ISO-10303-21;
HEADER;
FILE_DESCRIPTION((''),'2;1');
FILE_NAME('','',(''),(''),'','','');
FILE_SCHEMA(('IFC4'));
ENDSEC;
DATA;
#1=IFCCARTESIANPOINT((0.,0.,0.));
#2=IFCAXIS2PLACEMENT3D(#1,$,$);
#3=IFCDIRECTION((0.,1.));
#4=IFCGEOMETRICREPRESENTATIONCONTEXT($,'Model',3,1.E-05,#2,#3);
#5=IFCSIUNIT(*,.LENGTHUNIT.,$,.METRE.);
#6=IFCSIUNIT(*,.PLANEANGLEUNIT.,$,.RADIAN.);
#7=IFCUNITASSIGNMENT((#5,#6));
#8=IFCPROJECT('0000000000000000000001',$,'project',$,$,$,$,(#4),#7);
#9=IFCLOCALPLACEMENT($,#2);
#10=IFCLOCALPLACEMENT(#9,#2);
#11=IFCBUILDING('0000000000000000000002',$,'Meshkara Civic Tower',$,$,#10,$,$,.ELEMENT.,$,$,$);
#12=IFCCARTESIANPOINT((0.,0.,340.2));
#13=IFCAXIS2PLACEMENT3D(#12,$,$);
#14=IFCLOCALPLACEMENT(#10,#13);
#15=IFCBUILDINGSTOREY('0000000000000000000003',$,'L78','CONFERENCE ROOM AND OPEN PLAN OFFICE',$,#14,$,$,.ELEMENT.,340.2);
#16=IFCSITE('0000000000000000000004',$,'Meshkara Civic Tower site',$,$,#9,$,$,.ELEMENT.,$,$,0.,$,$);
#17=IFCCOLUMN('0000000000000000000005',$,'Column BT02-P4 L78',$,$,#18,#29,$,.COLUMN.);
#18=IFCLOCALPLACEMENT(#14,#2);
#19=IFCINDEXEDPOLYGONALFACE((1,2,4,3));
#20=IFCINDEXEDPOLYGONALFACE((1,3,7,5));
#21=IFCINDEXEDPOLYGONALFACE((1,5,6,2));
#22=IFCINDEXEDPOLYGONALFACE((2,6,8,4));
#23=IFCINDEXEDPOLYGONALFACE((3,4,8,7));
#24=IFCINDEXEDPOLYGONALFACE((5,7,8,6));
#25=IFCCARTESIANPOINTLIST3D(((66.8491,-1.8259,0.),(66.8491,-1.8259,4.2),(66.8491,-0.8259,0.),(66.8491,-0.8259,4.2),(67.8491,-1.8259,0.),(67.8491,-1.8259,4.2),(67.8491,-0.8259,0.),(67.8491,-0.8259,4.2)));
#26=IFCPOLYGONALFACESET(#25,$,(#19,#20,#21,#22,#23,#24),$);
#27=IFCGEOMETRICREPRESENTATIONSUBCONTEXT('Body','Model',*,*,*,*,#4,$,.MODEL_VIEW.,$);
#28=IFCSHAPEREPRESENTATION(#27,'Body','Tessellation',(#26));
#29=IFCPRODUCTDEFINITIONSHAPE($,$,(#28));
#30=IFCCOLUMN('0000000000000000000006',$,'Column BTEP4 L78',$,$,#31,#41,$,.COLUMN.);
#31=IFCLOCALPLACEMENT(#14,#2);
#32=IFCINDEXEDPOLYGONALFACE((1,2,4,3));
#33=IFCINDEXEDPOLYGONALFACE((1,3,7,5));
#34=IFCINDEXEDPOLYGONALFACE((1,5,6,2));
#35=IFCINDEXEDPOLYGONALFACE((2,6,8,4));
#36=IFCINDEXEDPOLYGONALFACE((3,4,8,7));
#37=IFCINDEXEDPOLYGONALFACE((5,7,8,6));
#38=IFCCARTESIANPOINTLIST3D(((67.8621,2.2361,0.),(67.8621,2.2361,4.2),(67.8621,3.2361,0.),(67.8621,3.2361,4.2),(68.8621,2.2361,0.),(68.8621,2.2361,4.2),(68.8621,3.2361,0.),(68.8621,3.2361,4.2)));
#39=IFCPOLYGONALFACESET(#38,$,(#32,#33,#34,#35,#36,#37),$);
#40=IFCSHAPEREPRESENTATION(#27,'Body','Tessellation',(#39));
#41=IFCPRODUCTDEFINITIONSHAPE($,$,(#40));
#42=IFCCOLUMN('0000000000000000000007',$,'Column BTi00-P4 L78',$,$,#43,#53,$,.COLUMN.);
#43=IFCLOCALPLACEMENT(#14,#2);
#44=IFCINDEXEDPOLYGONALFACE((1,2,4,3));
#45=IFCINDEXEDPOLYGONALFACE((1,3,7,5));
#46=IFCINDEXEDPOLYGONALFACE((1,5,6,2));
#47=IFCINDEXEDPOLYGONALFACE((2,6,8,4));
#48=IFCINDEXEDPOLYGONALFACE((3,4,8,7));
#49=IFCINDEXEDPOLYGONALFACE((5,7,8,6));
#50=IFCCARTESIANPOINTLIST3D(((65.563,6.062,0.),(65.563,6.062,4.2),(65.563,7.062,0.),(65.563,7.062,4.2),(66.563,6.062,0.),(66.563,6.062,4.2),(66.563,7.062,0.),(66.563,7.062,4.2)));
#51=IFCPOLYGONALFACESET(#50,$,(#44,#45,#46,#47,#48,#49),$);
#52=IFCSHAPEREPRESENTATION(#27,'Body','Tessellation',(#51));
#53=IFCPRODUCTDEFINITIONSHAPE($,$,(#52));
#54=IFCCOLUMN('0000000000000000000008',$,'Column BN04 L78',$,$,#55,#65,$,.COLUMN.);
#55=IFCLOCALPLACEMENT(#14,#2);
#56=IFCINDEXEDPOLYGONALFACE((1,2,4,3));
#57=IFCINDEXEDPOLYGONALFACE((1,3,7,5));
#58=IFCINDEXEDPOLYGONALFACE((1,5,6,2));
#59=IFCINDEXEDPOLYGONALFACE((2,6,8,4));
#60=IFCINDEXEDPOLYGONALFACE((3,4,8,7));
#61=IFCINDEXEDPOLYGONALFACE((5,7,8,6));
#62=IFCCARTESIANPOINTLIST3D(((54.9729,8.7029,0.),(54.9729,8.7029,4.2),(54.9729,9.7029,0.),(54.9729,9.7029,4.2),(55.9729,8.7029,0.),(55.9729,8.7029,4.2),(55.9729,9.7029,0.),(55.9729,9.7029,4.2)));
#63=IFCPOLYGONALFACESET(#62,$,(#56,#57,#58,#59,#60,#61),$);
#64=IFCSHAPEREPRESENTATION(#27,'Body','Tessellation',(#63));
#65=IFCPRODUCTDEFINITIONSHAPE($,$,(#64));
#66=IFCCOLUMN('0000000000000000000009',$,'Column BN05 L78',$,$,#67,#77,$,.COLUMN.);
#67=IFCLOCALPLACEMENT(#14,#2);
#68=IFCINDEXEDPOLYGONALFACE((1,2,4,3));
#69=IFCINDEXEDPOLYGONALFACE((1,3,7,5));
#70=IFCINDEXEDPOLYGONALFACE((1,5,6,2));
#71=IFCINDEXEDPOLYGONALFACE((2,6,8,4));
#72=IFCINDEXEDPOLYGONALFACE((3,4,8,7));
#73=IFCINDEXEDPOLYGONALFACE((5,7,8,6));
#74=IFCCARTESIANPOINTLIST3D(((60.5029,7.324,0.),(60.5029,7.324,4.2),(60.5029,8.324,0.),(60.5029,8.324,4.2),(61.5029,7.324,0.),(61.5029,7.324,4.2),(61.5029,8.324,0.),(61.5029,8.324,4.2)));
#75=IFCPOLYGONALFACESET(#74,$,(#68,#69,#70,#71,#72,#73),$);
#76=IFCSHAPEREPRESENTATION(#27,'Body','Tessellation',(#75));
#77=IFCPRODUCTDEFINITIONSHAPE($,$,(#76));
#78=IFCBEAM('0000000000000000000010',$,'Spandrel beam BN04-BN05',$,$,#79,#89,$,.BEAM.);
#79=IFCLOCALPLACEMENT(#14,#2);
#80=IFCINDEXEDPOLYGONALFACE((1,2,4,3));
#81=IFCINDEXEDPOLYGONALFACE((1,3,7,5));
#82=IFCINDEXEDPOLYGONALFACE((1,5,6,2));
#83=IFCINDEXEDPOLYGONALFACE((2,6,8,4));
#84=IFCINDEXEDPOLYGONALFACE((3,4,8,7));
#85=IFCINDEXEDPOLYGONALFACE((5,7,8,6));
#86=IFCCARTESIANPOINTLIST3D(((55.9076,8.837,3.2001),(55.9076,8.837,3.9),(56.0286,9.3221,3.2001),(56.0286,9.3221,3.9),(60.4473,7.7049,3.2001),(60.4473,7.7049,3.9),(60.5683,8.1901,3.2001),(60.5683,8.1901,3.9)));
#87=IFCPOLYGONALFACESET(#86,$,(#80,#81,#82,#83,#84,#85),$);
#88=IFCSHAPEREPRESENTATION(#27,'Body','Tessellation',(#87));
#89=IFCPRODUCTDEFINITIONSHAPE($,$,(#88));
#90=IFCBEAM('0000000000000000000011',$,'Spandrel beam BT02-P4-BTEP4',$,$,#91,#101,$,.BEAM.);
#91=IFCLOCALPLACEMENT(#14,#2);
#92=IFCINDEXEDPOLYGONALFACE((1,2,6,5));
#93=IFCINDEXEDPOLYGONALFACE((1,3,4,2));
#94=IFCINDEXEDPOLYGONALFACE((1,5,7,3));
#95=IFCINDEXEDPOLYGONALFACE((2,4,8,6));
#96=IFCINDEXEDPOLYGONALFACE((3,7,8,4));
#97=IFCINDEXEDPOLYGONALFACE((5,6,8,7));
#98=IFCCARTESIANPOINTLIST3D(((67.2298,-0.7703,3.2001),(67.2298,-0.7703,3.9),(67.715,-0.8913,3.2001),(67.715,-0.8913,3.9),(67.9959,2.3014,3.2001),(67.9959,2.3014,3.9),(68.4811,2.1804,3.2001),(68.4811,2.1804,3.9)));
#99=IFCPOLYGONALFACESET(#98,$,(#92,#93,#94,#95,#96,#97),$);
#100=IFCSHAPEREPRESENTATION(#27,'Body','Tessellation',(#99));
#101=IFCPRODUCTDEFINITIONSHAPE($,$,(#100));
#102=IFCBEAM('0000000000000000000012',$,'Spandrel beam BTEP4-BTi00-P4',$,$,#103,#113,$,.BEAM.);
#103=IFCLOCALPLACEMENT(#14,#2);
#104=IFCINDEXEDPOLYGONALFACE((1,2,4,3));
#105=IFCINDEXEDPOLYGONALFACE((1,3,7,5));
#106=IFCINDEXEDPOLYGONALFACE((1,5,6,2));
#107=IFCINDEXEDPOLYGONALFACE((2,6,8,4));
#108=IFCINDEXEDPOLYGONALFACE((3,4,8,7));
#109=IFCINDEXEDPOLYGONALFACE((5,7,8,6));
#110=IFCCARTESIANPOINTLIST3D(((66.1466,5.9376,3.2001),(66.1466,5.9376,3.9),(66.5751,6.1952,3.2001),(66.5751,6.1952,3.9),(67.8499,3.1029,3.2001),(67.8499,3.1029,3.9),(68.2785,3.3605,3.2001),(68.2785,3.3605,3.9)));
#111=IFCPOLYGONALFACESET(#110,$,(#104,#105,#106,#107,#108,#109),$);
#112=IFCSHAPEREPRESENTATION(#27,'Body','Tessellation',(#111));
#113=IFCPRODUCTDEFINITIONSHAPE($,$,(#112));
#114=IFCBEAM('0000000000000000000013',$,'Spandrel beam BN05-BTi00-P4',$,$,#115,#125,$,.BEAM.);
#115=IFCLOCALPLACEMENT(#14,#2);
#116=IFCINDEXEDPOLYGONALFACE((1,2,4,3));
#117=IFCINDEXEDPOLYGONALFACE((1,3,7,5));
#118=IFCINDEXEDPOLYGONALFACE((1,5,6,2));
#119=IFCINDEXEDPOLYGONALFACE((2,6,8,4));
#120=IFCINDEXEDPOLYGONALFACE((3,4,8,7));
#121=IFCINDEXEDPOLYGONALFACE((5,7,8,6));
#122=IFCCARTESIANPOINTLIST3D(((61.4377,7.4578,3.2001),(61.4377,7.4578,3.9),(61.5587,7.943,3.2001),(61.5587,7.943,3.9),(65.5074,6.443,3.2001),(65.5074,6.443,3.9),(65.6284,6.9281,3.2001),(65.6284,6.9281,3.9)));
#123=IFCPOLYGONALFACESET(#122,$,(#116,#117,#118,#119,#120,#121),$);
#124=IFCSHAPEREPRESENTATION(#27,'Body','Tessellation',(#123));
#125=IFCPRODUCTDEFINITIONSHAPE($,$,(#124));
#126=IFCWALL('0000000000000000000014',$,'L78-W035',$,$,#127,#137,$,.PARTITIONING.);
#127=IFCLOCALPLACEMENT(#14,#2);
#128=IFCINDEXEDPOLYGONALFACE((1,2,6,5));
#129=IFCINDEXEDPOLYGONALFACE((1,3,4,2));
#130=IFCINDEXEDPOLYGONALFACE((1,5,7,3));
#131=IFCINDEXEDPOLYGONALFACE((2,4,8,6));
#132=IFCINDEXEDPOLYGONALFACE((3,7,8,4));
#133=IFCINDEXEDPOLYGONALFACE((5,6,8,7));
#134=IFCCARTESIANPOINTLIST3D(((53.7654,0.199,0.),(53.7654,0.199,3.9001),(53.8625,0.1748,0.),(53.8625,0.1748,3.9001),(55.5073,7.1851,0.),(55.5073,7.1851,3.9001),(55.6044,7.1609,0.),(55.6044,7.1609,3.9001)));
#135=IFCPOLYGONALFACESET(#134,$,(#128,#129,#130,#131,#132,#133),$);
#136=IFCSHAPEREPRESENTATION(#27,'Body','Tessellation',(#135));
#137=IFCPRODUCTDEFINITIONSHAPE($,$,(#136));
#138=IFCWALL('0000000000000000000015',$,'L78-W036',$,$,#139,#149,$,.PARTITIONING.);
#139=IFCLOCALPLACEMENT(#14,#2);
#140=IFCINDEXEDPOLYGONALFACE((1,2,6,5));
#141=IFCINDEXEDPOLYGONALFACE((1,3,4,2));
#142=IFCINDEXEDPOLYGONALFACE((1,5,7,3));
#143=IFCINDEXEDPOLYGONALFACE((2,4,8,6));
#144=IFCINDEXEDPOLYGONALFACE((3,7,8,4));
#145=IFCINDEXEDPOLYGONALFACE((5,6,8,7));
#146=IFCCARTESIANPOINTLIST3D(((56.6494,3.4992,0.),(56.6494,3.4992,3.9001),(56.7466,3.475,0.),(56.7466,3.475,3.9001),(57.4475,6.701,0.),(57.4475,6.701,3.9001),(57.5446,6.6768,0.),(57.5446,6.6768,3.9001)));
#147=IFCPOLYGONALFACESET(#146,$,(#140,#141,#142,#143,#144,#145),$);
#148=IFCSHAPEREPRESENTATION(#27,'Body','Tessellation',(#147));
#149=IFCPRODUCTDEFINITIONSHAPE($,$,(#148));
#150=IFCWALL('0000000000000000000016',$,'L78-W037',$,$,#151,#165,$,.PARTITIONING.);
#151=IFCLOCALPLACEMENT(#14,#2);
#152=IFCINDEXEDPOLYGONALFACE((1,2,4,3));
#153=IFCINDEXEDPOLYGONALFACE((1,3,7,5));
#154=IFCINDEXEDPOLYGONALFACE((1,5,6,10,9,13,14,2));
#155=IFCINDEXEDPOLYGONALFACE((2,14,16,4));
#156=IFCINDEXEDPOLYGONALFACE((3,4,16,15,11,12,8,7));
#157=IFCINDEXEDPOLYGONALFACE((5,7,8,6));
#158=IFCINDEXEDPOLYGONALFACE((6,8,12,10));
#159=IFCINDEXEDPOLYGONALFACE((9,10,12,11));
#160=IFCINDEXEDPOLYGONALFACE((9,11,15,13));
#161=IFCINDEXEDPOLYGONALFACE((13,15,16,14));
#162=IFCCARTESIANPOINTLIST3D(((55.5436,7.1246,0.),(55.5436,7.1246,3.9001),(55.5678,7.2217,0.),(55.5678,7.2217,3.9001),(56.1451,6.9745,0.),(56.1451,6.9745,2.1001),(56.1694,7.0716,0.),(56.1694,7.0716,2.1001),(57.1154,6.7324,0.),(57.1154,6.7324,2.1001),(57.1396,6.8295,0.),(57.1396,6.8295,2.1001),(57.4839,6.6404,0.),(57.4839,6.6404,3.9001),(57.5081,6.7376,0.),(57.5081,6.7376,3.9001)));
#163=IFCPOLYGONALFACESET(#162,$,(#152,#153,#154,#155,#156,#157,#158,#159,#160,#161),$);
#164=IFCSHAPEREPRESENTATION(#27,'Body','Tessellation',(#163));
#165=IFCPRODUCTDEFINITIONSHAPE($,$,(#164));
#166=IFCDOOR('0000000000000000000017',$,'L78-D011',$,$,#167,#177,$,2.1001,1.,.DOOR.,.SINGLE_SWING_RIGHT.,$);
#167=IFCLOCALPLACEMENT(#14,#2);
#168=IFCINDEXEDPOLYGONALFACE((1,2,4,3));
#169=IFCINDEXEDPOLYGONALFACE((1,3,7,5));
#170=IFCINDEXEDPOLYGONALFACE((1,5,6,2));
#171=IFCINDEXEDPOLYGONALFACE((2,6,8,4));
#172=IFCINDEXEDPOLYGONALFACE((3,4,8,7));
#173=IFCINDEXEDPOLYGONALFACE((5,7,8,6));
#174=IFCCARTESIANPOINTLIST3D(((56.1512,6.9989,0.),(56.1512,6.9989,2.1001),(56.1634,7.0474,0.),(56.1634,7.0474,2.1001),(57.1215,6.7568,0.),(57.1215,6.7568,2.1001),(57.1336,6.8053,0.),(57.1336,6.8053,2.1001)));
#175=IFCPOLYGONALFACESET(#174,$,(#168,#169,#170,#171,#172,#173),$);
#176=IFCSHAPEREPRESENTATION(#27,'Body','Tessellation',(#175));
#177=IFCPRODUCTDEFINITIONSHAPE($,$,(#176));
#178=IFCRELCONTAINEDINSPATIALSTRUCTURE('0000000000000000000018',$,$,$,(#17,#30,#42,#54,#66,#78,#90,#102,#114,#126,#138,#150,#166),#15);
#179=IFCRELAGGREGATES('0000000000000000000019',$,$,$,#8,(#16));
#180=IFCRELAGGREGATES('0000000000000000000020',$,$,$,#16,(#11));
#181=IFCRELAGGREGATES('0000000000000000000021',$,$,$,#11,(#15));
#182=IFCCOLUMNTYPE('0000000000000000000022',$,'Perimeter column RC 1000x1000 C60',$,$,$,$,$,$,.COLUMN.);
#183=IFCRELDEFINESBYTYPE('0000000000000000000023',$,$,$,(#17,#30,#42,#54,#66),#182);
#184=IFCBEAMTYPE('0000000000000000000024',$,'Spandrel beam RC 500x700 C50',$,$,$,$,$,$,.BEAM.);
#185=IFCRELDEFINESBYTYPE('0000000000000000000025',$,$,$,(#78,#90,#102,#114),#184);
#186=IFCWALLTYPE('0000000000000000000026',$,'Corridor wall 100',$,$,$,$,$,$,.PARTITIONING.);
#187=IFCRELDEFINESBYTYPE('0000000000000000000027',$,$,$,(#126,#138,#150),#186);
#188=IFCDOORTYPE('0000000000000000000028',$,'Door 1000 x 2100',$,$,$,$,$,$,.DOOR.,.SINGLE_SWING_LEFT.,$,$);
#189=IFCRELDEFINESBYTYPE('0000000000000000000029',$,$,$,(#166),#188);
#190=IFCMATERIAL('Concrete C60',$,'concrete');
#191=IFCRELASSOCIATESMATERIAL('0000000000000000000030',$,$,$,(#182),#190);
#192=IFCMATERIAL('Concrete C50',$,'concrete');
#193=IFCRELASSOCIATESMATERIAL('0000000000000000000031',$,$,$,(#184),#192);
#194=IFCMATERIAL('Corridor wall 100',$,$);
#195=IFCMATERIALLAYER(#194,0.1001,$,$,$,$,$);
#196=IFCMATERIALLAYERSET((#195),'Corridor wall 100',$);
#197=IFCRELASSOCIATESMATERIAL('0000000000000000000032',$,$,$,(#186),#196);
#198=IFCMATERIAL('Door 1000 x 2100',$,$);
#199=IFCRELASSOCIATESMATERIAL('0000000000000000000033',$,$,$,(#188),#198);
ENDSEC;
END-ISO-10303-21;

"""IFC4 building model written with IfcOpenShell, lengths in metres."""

from ifc_helpers import new_model, si_unit, direction, frame, frame_2d, origin, origin_2d, place, context, subcontext, project, spatial, rectangle, extrude, material, layer, layer_set, material_profile, profile_set, type_object, element, fill, save


model = new_model("IFC4")

# Units and contexts
model_context = context("Model", 3, precision=1e-05, world=origin(), true_north=direction((0.0, 1.0)))
body_context = subcontext(model_context, "Body", "Model", "MODEL_VIEW")
ifc_project = project(units=[si_unit("LENGTHUNIT", "METRE"), si_unit("PLANEANGLEUNIT", "RADIAN")], contexts=[model_context])

# Site, building, storey
site_placement = place(None, origin())
site = spatial("IfcSite", under=ifc_project, at=site_placement, Name="Meshkara Civic Tower site", CompositionType="ELEMENT", RefElevation=0.0)
building_placement = place(site_placement, origin())
building = spatial("IfcBuilding", under=site, at=building_placement, Name="Meshkara Civic Tower", CompositionType="ELEMENT")
storey_placement = place(building_placement, frame((0.0, 0.0, 340.2)))
storey = spatial("IfcBuildingStorey", under=building, at=storey_placement, Name="L78", Description="CONFERENCE ROOM AND OPEN PLAN OFFICE", CompositionType="ELEMENT", Elevation=340.2)

# Columns
ifc_material_1 = material(Name="Concrete C60", Category="concrete")
ifc_material_profile_1 = material_profile(ifc_material_1, rectangle(XDim=1.0, YDim=1.0, at=origin_2d()))
ifc_profile_set_1 = profile_set([ifc_material_profile_1], Name="Concrete C60")
column_type = type_object("IfcColumnType", Name="Perimeter column RC 1000x1000 C60", PredefinedType="COLUMN", material=ifc_profile_set_1)
for number, where, z_axis, x_axis, name in (
    (1, (67.3491, -1.3259, 0.0), (0.0, 0.0, 1.0), (1.0, 0.0, 0.0), "Column BT02-P4 L78"),
    (2, (68.3621, 2.7361, 0.0), (0.0, 0.0, 1.0), (1.0, 0.0, 0.0), "Column BTEP4 L78"),
    (3, (66.063, 6.562, 0.0), (0.0, 0.0, 1.0), (1.0, 0.0, 0.0), "Column BTi00-P4 L78"),
    (4, (55.4729, 9.2029, 0.0), (0.0, 0.0, 1.0), (1.0, 0.0, 0.0), "Column BN04 L78"),
    (5, (61.0029, 7.824, 0.0), (0.0, 0.0, 1.0), (1.0, 0.0, 0.0), "Column BN05 L78"),
):
    element("IfcColumn", number, at=place(storey_placement, frame(where, z_axis=z_axis, x_axis=x_axis)), inside=storey, type_object=column_type, Name=name, PredefinedType="COLUMN", context=body_context, shape_type="SweptSolid", body=[
        extrude(rectangle(XDim=1.0, YDim=1.0, at=origin_2d()), origin(), (0.0, 0.0, 1.0), 4.2),
    ])

# Beams
ifc_material_2 = material(Name="Concrete C50", Category="concrete")
ifc_material_profile_2 = material_profile(ifc_material_2, rectangle(XDim=0.5, YDim=0.7, at=origin_2d()))
ifc_profile_set_2 = profile_set([ifc_material_profile_2], Name="Concrete C50")
beam_type = type_object("IfcBeamType", Name="Spandrel beam RC 500x700 C50", PredefinedType="BEAM", material=ifc_profile_set_2)
beam_1_placement = place(storey_placement, frame((60.5078, 7.9475, 3.55), z_axis=(-0.970287, 0.241959, 0.0), x_axis=(-0.241959, -0.970287, 0.0)))
element("IfcBeam", 6, at=beam_1_placement, inside=storey, type_object=beam_type, Name="Spandrel beam BN04-BN05", PredefinedType="BEAM", context=body_context, shape_type="SweptSolid", body=[
    extrude(rectangle(XDim=0.5, YDim=0.7, at=origin_2d()), origin(), (0.0, 0.0, 1.0), 4.6787),
])
beam_2_placement = place(storey_placement, frame((67.4724, -0.8308, 3.55), z_axis=(0.241991, 0.970278, 0.0), x_axis=(-0.970278, 0.241991, 0.0)))
element("IfcBeam", 7, at=beam_2_placement, inside=storey, type_object=beam_type, Name="Spandrel beam BT02-P4-BTEP4", PredefinedType="BEAM", context=body_context, shape_type="SweptSolid", body=[
    extrude(rectangle(XDim=0.5, YDim=0.7, at=origin_2d()), origin(), (0.0, 0.0, 1.0), 3.1658),
])
beam_3_placement = place(storey_placement, frame((68.0642, 3.2317, 3.55), z_axis=(-0.51506, 0.857154, 0.0), x_axis=(-0.857154, -0.51506, 0.0)))
element("IfcBeam", 8, at=beam_3_placement, inside=storey, type_object=beam_type, Name="Spandrel beam BTEP4-BTi00-P4", PredefinedType="BEAM", context=body_context, shape_type="SweptSolid", body=[
    extrude(rectangle(XDim=0.5, YDim=0.7, at=origin_2d()), origin(), (0.0, 0.0, 1.0), 3.3071),
])
beam_4_placement = place(storey_placement, frame((65.5679, 6.6855, 3.55), z_axis=(-0.970286, 0.24196, 0.0), x_axis=(-0.24196, -0.970286, 0.0)))
element("IfcBeam", 9, at=beam_4_placement, inside=storey, type_object=beam_type, Name="Spandrel beam BN05-BTi00-P4", PredefinedType="BEAM", context=body_context, shape_type="SweptSolid", body=[
    extrude(rectangle(XDim=0.5, YDim=0.7, at=origin_2d()), origin(), (0.0, 0.0, 1.0), 4.1943),
])

# Walls
ifc_material_3 = material(Name="Corridor wall 100")
ifc_layer_1 = layer(ifc_material_3, 0.1001)
ifc_layer_set_1 = layer_set([ifc_layer_1], Name="Corridor wall 100")
wall_type_1 = type_object("IfcWallType", Name="Corridor wall 100", PredefinedType="PARTITIONING", material=ifc_layer_set_1)
wall_1_placement = place(storey_placement, frame((55.5559, 7.1731, 0.0), z_axis=(0.0, 0.0, 1.0), x_axis=(-0.241937, -0.970292, 0.0)))
element("IfcWall", 10, at=wall_1_placement, inside=storey, type_object=wall_type_1, Name="L78-W035", PredefinedType="PARTITIONING", context=body_context, shape_type="SweptSolid", body=[
    extrude(rectangle(XDim=7.2, YDim=0.1001, at=frame_2d((3.6001, 0.0))), origin(), (0.0, 0.0, 1.0), 3.9001),
])
wall_2_placement = place(storey_placement, frame((56.698, 3.4871, 0.0), z_axis=(0.0, 0.0, 1.0), x_axis=(0.241857, 0.970312, 0.0)))
element("IfcWall", 11, at=wall_2_placement, inside=storey, type_object=wall_type_1, Name="L78-W036", PredefinedType="PARTITIONING", context=body_context, shape_type="SweptSolid", body=[
    extrude(rectangle(XDim=3.2998, YDim=0.1001, at=frame_2d((1.6499, 0.0))), origin(), (0.0, 0.0, 1.0), 3.9001),
])

# Wall, opening, door
wall_3_placement = place(storey_placement, frame((57.4961, 6.689, 0.0), z_axis=(0.0, 0.0, 1.0), x_axis=(-0.97025, 0.242105, 0.0)))
wall_3 = element("IfcWall", 12, at=wall_3_placement, inside=storey, type_object=wall_type_1, Name="L78-W037", PredefinedType="PARTITIONING", context=body_context, shape_type="SweptSolid", body=[
    extrude(rectangle(XDim=1.9998, YDim=0.1001, at=frame_2d((1.0, 0.0))), origin(), (0.0, 0.0, 1.0), 3.9001),
])
opening_1_placement = place(wall_3_placement, frame((0.3799, 0.0, 0.0)))
opening_1 = element("IfcOpeningElement", 13, at=opening_1_placement, cuts=wall_3, PredefinedType="OPENING", context=body_context, shape_type="SweptSolid", body=[
    extrude(rectangle(XDim=1.0, YDim=2.1001, at=frame_2d((0.5, 1.05))), frame((0.0, 0.0601, 0.0), z_axis=(0.0, -1.0, 0.0), x_axis=(1.0, 0.0, 0.0)), (0.0, 0.0, 1.0), 0.1201),
])
ifc_material_4 = material(Name="Door 1000 x 2100")
door_type_1 = type_object("IfcDoorType", Name="Door 1000 x 2100", OperationType="SINGLE_SWING_LEFT", PredefinedType="DOOR", material=ifc_material_4)
door_1_placement = place(opening_1_placement, origin())
door_1 = element("IfcDoor", 14, at=door_1_placement, inside=storey, type_object=door_type_1, Name="L78-D011", OperationType="SINGLE_SWING_RIGHT", OverallHeight=2.1001, OverallWidth=1.0, PredefinedType="DOOR", context=body_context, shape_type="SweptSolid", body=[
    extrude(rectangle(XDim=1.0, YDim=2.1001, at=frame_2d((0.5, 1.05))), frame((0.0, 0.0249, 0.0), z_axis=(0.0, -1.0, 0.0), x_axis=(1.0, 0.0, 0.0)), (0.0, 0.0, 1.0), 0.05),
])
fill(opening_1, door_1)

save(model, "model.ifc")
